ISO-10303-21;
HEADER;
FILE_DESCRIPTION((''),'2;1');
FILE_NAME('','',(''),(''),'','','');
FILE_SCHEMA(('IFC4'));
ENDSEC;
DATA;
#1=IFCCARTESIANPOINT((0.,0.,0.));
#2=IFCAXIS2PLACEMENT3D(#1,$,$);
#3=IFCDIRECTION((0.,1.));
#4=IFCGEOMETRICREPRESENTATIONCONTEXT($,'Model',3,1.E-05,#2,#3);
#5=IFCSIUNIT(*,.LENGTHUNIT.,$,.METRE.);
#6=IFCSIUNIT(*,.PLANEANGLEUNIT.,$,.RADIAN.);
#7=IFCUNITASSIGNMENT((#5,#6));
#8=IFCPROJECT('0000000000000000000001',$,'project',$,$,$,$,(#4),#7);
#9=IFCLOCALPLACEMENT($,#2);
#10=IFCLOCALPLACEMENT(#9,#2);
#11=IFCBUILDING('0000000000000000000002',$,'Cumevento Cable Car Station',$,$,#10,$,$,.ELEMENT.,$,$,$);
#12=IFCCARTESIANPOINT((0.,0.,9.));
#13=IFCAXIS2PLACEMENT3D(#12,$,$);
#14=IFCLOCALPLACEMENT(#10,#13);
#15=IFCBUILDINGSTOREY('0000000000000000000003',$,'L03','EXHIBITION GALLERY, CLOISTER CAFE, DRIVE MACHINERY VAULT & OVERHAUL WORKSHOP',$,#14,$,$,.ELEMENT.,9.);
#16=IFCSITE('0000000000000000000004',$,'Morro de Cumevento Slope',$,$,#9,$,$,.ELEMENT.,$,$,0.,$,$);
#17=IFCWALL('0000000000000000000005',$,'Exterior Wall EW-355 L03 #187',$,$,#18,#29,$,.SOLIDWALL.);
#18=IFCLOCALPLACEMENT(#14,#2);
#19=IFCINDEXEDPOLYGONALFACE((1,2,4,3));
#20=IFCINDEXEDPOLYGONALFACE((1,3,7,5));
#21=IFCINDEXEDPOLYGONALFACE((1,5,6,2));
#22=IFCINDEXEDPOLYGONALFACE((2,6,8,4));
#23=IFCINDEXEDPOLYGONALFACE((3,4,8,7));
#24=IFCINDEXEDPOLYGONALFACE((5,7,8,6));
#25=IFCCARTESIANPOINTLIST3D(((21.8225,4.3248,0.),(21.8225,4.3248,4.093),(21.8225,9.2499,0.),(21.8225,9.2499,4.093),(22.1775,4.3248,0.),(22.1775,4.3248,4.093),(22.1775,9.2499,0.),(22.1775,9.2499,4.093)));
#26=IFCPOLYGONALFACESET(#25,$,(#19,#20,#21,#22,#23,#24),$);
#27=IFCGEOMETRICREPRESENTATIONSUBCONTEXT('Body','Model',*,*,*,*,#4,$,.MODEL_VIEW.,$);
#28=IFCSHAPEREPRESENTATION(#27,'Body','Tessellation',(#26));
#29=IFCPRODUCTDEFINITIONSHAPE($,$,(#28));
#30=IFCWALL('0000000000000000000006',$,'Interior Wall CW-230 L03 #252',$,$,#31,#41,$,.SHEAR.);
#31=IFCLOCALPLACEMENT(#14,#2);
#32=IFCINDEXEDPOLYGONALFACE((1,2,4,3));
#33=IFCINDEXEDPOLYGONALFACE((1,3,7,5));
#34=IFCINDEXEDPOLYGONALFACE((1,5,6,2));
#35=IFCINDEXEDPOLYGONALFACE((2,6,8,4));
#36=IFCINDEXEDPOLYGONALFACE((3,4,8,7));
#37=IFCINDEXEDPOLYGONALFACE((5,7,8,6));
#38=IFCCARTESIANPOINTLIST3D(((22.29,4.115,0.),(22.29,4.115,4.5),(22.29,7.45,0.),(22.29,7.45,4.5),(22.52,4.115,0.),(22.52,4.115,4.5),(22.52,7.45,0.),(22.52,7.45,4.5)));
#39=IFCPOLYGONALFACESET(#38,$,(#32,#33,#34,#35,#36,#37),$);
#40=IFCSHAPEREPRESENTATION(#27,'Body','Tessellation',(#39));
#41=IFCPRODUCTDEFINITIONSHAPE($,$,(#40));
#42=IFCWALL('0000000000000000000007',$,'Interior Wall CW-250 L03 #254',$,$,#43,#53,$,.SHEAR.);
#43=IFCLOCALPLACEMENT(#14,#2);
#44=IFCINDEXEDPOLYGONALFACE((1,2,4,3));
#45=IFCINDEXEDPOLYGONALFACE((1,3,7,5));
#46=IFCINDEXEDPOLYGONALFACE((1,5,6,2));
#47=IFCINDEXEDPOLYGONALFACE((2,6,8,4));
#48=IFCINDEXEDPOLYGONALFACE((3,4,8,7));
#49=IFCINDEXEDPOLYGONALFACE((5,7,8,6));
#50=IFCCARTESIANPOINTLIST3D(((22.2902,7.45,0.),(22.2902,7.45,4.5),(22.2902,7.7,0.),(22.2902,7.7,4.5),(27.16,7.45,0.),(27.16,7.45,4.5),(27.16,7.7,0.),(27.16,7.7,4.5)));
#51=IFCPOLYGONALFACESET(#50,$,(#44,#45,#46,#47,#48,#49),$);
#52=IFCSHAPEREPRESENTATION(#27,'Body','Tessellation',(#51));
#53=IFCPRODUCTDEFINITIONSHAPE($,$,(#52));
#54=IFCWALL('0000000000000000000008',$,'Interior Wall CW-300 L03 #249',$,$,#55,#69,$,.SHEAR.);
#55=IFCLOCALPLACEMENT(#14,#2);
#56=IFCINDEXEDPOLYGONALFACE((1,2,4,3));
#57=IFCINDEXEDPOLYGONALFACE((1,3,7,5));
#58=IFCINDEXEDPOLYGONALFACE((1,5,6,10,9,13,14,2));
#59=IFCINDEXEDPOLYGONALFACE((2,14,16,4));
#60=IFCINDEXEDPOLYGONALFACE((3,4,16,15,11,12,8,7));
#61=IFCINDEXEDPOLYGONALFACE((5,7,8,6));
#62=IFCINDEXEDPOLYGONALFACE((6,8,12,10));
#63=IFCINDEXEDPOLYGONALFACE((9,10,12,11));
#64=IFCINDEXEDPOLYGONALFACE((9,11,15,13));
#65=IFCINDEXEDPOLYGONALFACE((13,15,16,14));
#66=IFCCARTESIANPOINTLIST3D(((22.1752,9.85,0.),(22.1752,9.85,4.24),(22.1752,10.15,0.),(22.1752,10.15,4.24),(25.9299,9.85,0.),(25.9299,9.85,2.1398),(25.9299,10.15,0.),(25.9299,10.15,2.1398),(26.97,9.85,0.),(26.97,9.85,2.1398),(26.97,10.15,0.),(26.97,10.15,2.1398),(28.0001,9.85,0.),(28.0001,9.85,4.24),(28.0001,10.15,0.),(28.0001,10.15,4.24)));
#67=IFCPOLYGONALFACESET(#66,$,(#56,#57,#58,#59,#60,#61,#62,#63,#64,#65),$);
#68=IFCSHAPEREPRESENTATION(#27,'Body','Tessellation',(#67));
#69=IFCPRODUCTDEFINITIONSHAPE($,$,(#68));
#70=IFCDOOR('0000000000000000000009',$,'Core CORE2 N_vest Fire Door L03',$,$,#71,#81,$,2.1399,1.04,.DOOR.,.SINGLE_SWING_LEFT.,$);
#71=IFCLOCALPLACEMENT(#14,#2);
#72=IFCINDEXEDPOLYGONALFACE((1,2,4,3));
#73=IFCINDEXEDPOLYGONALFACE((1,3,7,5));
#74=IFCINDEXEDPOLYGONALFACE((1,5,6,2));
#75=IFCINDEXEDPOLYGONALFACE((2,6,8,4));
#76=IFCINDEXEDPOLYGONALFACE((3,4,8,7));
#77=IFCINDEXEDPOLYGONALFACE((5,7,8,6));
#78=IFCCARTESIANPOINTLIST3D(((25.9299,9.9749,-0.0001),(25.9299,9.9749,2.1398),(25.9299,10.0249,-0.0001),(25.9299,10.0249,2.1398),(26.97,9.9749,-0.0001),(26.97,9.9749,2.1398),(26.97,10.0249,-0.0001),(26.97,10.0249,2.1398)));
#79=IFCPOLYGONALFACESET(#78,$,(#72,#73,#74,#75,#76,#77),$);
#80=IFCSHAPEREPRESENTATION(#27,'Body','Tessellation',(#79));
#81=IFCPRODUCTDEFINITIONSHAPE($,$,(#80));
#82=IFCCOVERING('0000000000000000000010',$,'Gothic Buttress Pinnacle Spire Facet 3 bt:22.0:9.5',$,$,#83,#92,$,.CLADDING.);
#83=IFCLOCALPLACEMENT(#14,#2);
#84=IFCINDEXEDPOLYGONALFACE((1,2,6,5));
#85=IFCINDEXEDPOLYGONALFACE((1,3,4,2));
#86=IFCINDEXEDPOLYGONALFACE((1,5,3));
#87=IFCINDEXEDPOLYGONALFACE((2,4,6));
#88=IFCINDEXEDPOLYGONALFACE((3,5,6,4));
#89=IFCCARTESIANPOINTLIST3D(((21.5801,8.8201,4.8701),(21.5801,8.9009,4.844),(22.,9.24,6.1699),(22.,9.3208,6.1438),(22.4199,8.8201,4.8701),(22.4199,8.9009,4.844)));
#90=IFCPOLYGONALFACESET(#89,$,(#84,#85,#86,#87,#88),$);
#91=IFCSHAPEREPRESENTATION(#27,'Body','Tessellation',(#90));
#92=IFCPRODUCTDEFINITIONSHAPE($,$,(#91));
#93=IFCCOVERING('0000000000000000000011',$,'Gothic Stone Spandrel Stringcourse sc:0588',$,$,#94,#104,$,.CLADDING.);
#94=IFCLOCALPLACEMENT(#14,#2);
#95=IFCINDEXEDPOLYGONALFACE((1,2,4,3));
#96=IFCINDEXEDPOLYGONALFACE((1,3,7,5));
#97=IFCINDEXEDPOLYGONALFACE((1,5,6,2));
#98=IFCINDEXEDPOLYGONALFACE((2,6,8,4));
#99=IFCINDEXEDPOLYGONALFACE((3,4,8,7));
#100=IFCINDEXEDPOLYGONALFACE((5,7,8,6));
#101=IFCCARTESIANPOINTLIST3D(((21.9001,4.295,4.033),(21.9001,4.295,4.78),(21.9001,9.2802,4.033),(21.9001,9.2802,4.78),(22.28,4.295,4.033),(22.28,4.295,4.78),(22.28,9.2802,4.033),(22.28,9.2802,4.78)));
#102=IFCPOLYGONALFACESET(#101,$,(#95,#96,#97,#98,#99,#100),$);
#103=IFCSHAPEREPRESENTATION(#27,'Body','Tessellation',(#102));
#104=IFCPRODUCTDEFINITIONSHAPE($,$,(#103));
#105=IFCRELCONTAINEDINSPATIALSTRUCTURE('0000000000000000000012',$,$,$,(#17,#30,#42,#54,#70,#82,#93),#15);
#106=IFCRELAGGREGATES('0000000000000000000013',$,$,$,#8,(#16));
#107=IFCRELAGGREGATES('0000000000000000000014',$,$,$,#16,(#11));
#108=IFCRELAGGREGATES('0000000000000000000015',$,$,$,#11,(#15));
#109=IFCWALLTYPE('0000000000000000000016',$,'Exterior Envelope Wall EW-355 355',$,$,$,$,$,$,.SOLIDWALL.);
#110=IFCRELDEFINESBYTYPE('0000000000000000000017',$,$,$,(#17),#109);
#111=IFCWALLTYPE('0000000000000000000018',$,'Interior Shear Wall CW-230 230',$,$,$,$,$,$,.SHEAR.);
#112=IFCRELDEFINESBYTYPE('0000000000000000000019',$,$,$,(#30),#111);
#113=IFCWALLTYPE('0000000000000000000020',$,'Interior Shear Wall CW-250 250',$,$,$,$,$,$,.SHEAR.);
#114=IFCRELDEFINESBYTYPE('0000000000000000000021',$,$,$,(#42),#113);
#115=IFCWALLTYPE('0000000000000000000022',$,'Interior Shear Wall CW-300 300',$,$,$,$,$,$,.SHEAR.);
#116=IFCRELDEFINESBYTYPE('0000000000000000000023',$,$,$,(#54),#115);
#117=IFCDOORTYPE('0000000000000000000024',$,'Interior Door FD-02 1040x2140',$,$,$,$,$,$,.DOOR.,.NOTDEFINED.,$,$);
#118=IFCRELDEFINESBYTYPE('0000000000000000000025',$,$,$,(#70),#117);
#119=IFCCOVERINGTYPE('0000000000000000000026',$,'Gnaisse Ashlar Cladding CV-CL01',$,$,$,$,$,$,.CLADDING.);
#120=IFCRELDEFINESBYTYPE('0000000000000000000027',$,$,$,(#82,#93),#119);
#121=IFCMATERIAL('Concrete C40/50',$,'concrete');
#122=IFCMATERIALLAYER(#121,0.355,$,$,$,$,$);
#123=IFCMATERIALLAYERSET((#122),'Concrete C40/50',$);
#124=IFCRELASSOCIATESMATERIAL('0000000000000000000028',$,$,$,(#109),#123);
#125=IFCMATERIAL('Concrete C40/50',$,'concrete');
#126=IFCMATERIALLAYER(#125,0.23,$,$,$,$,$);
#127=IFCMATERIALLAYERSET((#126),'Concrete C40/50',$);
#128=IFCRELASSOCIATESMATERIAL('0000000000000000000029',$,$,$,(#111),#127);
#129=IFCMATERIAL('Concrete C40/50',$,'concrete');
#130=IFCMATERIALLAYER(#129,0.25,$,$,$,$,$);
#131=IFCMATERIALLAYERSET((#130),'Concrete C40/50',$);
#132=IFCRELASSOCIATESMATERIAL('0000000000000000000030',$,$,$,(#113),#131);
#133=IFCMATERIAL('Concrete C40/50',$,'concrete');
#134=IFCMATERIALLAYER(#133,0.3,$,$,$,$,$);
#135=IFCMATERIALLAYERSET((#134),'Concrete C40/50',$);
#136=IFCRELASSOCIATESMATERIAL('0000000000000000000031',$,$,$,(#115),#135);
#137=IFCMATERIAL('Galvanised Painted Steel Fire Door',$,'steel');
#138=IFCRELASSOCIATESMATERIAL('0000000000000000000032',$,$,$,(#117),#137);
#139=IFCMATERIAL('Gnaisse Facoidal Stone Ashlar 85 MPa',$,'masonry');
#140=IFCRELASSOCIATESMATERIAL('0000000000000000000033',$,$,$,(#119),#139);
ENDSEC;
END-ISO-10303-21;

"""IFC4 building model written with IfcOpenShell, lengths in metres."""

from ifc_helpers import new_model, si_unit, direction, frame, frame_2d, origin, origin_2d, place, context, subcontext, project, spatial, polyline, rectangle, outline, extrude, material, layer, layer_set, type_object, element, fill, save


model = new_model("IFC4")

# Units and contexts
model_context = context("Model", 3, precision=1e-05, world=origin(), true_north=direction((0.0, 1.0)))
body_context = subcontext(model_context, "Body", "Model", "MODEL_VIEW")
ifc_project = project(units=[si_unit("LENGTHUNIT", "METRE"), si_unit("PLANEANGLEUNIT", "RADIAN")], contexts=[model_context])

# Site, building, storey
site_placement = place(None, origin())
site = spatial("IfcSite", under=ifc_project, at=site_placement, Name="Morro de Cumevento Slope", CompositionType="ELEMENT", RefElevation=0.0)
building_placement = place(site_placement, origin())
building = spatial("IfcBuilding", under=site, at=building_placement, Name="Cumevento Cable Car Station", CompositionType="ELEMENT")
storey_placement = place(building_placement, frame((0.0, 0.0, 9.0)))
storey = spatial("IfcBuildingStorey", under=building, at=storey_placement, Name="L03", Description="EXHIBITION GALLERY, CLOISTER CAFE, DRIVE MACHINERY VAULT & OVERHAUL WORKSHOP", CompositionType="ELEMENT", Elevation=9.0)

# Walls
ifc_material_1 = material(Name="Concrete C40/50", Category="concrete")
ifc_layer_1 = layer(ifc_material_1, 0.355)
ifc_layer_set_1 = layer_set([ifc_layer_1], Name="Concrete C40/50")
wall_type_1 = type_object("IfcWallType", Name="Exterior Envelope Wall EW-355 355", PredefinedType="SOLIDWALL", material=ifc_layer_set_1)
wall_1_placement = place(storey_placement, frame((22.0, 4.325, 0.0), z_axis=(0.0, 0.0, 1.0), x_axis=(0.0, 1.0, 0.0)))
element("IfcWall", 1, at=wall_1_placement, inside=storey, type_object=wall_type_1, Name="Exterior Wall EW-355 L03 #187", PredefinedType="SOLIDWALL", context=body_context, shape_type="SweptSolid", body=[
    extrude(rectangle(XDim=4.925, YDim=0.355, at=frame_2d((2.4624, 0.0))), origin(), (0.0, 0.0, 1.0), 4.093),
])
ifc_material_2 = material(Name="Concrete C40/50", Category="concrete")
ifc_layer_2 = layer(ifc_material_2, 0.23)
ifc_layer_set_2 = layer_set([ifc_layer_2], Name="Concrete C40/50")
wall_type_2 = type_object("IfcWallType", Name="Interior Shear Wall CW-230 230", PredefinedType="SHEAR", material=ifc_layer_set_2)
wall_2_placement = place(storey_placement, frame((22.405, 4.115, 0.0), z_axis=(0.0, 0.0, 1.0), x_axis=(0.0, 1.0, 0.0)))
element("IfcWall", 2, at=wall_2_placement, inside=storey, type_object=wall_type_2, Name="Interior Wall CW-230 L03 #252", PredefinedType="SHEAR", context=body_context, shape_type="SweptSolid", body=[
    extrude(rectangle(XDim=3.335, YDim=0.23, at=frame_2d((1.6675, 0.0))), origin(), (0.0, 0.0, 1.0), 4.5),
])
ifc_material_3 = material(Name="Concrete C40/50", Category="concrete")
ifc_layer_3 = layer(ifc_material_3, 0.25)
ifc_layer_set_3 = layer_set([ifc_layer_3], Name="Concrete C40/50")
wall_type_3 = type_object("IfcWallType", Name="Interior Shear Wall CW-250 250", PredefinedType="SHEAR", material=ifc_layer_set_3)
wall_3_placement = place(storey_placement, frame((22.29, 7.575, 0.0), z_axis=(0.0, 0.0, 1.0), x_axis=(1.0, 0.0, 0.0)))
element("IfcWall", 3, at=wall_3_placement, inside=storey, type_object=wall_type_3, Name="Interior Wall CW-250 L03 #254", PredefinedType="SHEAR", context=body_context, shape_type="SweptSolid", body=[
    extrude(rectangle(XDim=4.8699, YDim=0.25, at=frame_2d((2.4351, 0.0))), origin(), (0.0, 0.0, 1.0), 4.5),
])

# Wall, opening, door
ifc_material_4 = material(Name="Concrete C40/50", Category="concrete")
ifc_layer_4 = layer(ifc_material_4, 0.3)
ifc_layer_set_4 = layer_set([ifc_layer_4], Name="Concrete C40/50")
wall_type_4 = type_object("IfcWallType", Name="Interior Shear Wall CW-300 300", PredefinedType="SHEAR", material=ifc_layer_set_4)
wall_4_placement = place(storey_placement, frame((22.175, 10.0, 0.0), z_axis=(0.0, 0.0, 1.0), x_axis=(1.0, 0.0, 0.0)))
wall_4 = element("IfcWall", 4, at=wall_4_placement, inside=storey, type_object=wall_type_4, Name="Interior Wall CW-300 L03 #249", PredefinedType="SHEAR", context=body_context, shape_type="SweptSolid", body=[
    extrude(rectangle(XDim=5.825, YDim=0.3, at=frame_2d((2.9126, 0.0))), origin(), (0.0, 0.0, 1.0), 4.24),
])
opening_placement = place(wall_4_placement, frame((3.7549, 0.0, 0.0)))
opening = element("IfcOpeningElement", 5, at=opening_placement, cuts=wall_4, PredefinedType="OPENING", context=body_context, shape_type="SweptSolid", body=[
    extrude(rectangle(XDim=1.04, YDim=2.1399, at=frame_2d((0.52, 1.0698))), frame((0.0, 0.1599, 0.0), z_axis=(0.0, -1.0, 0.0), x_axis=(1.0, 0.0, 0.0)), (0.0, 0.0, 1.0), 0.3201),
])
ifc_material_5 = material(Name="Galvanised Painted Steel Fire Door", Category="steel")
door_type = type_object("IfcDoorType", Name="Interior Door FD-02 1040x2140", OperationType="NOTDEFINED", PredefinedType="DOOR", material=ifc_material_5)
door_placement = place(opening_placement, origin())
door = element("IfcDoor", 6, at=door_placement, inside=storey, type_object=door_type, Name="Core CORE2 N_vest Fire Door L03", OperationType="SINGLE_SWING_LEFT", OverallHeight=2.1399, OverallWidth=1.04, PredefinedType="DOOR", context=body_context, shape_type="SweptSolid", body=[
    extrude(rectangle(XDim=1.04, YDim=2.1399, at=frame_2d((0.52, 1.0698))), frame((0.0, 0.0249, 0.0), z_axis=(0.0, -1.0, 0.0), x_axis=(1.0, 0.0, 0.0)), (0.0, 0.0, 1.0), 0.05),
])
fill(opening, door)

# Coverings
ifc_material_6 = material(Name="Gnaisse Facoidal Stone Ashlar 85 MPa", Category="masonry")
covering_type = type_object("IfcCoveringType", Name="Gnaisse Ashlar Cladding CV-CL01", PredefinedType="CLADDING", material=ifc_material_6)
covering_1_placement = place(storey_placement, frame((22.4199, 8.8201, 4.8701), z_axis=(0.0, -0.951574, 0.307421), x_axis=(-1.0, 0.0, 0.0)))
element("IfcCovering", 7, at=covering_1_placement, inside=storey, type_object=covering_type, Name="Gothic Buttress Pinnacle Spire Facet 3 bt:22.0:9.5", PredefinedType="CLADDING", context=body_context, shape_type="SweptSolid", body=[
    extrude(outline(polyline([(0.0, 0.0), (0.8398, 0.0), (0.4199, -1.366), (0.0, 0.0)])), origin(), (0.0, 0.0, -1.0), 0.085),
])
covering_2_placement = place(storey_placement, frame((22.0901, 6.7876, 4.033), z_axis=(0.0, 0.0, 1.0), x_axis=(0.0, 1.0, 0.0)))
element("IfcCovering", 8, at=covering_2_placement, inside=storey, type_object=covering_type, Name="Gothic Stone Spandrel Stringcourse sc:0588", PredefinedType="CLADDING", context=body_context, shape_type="SweptSolid", body=[
    extrude(rectangle(XDim=4.9851, YDim=0.3799, at=origin_2d()), origin(), (0.0, 0.0, 1.0), 0.7471),
])

save(model, "model.ifc")
